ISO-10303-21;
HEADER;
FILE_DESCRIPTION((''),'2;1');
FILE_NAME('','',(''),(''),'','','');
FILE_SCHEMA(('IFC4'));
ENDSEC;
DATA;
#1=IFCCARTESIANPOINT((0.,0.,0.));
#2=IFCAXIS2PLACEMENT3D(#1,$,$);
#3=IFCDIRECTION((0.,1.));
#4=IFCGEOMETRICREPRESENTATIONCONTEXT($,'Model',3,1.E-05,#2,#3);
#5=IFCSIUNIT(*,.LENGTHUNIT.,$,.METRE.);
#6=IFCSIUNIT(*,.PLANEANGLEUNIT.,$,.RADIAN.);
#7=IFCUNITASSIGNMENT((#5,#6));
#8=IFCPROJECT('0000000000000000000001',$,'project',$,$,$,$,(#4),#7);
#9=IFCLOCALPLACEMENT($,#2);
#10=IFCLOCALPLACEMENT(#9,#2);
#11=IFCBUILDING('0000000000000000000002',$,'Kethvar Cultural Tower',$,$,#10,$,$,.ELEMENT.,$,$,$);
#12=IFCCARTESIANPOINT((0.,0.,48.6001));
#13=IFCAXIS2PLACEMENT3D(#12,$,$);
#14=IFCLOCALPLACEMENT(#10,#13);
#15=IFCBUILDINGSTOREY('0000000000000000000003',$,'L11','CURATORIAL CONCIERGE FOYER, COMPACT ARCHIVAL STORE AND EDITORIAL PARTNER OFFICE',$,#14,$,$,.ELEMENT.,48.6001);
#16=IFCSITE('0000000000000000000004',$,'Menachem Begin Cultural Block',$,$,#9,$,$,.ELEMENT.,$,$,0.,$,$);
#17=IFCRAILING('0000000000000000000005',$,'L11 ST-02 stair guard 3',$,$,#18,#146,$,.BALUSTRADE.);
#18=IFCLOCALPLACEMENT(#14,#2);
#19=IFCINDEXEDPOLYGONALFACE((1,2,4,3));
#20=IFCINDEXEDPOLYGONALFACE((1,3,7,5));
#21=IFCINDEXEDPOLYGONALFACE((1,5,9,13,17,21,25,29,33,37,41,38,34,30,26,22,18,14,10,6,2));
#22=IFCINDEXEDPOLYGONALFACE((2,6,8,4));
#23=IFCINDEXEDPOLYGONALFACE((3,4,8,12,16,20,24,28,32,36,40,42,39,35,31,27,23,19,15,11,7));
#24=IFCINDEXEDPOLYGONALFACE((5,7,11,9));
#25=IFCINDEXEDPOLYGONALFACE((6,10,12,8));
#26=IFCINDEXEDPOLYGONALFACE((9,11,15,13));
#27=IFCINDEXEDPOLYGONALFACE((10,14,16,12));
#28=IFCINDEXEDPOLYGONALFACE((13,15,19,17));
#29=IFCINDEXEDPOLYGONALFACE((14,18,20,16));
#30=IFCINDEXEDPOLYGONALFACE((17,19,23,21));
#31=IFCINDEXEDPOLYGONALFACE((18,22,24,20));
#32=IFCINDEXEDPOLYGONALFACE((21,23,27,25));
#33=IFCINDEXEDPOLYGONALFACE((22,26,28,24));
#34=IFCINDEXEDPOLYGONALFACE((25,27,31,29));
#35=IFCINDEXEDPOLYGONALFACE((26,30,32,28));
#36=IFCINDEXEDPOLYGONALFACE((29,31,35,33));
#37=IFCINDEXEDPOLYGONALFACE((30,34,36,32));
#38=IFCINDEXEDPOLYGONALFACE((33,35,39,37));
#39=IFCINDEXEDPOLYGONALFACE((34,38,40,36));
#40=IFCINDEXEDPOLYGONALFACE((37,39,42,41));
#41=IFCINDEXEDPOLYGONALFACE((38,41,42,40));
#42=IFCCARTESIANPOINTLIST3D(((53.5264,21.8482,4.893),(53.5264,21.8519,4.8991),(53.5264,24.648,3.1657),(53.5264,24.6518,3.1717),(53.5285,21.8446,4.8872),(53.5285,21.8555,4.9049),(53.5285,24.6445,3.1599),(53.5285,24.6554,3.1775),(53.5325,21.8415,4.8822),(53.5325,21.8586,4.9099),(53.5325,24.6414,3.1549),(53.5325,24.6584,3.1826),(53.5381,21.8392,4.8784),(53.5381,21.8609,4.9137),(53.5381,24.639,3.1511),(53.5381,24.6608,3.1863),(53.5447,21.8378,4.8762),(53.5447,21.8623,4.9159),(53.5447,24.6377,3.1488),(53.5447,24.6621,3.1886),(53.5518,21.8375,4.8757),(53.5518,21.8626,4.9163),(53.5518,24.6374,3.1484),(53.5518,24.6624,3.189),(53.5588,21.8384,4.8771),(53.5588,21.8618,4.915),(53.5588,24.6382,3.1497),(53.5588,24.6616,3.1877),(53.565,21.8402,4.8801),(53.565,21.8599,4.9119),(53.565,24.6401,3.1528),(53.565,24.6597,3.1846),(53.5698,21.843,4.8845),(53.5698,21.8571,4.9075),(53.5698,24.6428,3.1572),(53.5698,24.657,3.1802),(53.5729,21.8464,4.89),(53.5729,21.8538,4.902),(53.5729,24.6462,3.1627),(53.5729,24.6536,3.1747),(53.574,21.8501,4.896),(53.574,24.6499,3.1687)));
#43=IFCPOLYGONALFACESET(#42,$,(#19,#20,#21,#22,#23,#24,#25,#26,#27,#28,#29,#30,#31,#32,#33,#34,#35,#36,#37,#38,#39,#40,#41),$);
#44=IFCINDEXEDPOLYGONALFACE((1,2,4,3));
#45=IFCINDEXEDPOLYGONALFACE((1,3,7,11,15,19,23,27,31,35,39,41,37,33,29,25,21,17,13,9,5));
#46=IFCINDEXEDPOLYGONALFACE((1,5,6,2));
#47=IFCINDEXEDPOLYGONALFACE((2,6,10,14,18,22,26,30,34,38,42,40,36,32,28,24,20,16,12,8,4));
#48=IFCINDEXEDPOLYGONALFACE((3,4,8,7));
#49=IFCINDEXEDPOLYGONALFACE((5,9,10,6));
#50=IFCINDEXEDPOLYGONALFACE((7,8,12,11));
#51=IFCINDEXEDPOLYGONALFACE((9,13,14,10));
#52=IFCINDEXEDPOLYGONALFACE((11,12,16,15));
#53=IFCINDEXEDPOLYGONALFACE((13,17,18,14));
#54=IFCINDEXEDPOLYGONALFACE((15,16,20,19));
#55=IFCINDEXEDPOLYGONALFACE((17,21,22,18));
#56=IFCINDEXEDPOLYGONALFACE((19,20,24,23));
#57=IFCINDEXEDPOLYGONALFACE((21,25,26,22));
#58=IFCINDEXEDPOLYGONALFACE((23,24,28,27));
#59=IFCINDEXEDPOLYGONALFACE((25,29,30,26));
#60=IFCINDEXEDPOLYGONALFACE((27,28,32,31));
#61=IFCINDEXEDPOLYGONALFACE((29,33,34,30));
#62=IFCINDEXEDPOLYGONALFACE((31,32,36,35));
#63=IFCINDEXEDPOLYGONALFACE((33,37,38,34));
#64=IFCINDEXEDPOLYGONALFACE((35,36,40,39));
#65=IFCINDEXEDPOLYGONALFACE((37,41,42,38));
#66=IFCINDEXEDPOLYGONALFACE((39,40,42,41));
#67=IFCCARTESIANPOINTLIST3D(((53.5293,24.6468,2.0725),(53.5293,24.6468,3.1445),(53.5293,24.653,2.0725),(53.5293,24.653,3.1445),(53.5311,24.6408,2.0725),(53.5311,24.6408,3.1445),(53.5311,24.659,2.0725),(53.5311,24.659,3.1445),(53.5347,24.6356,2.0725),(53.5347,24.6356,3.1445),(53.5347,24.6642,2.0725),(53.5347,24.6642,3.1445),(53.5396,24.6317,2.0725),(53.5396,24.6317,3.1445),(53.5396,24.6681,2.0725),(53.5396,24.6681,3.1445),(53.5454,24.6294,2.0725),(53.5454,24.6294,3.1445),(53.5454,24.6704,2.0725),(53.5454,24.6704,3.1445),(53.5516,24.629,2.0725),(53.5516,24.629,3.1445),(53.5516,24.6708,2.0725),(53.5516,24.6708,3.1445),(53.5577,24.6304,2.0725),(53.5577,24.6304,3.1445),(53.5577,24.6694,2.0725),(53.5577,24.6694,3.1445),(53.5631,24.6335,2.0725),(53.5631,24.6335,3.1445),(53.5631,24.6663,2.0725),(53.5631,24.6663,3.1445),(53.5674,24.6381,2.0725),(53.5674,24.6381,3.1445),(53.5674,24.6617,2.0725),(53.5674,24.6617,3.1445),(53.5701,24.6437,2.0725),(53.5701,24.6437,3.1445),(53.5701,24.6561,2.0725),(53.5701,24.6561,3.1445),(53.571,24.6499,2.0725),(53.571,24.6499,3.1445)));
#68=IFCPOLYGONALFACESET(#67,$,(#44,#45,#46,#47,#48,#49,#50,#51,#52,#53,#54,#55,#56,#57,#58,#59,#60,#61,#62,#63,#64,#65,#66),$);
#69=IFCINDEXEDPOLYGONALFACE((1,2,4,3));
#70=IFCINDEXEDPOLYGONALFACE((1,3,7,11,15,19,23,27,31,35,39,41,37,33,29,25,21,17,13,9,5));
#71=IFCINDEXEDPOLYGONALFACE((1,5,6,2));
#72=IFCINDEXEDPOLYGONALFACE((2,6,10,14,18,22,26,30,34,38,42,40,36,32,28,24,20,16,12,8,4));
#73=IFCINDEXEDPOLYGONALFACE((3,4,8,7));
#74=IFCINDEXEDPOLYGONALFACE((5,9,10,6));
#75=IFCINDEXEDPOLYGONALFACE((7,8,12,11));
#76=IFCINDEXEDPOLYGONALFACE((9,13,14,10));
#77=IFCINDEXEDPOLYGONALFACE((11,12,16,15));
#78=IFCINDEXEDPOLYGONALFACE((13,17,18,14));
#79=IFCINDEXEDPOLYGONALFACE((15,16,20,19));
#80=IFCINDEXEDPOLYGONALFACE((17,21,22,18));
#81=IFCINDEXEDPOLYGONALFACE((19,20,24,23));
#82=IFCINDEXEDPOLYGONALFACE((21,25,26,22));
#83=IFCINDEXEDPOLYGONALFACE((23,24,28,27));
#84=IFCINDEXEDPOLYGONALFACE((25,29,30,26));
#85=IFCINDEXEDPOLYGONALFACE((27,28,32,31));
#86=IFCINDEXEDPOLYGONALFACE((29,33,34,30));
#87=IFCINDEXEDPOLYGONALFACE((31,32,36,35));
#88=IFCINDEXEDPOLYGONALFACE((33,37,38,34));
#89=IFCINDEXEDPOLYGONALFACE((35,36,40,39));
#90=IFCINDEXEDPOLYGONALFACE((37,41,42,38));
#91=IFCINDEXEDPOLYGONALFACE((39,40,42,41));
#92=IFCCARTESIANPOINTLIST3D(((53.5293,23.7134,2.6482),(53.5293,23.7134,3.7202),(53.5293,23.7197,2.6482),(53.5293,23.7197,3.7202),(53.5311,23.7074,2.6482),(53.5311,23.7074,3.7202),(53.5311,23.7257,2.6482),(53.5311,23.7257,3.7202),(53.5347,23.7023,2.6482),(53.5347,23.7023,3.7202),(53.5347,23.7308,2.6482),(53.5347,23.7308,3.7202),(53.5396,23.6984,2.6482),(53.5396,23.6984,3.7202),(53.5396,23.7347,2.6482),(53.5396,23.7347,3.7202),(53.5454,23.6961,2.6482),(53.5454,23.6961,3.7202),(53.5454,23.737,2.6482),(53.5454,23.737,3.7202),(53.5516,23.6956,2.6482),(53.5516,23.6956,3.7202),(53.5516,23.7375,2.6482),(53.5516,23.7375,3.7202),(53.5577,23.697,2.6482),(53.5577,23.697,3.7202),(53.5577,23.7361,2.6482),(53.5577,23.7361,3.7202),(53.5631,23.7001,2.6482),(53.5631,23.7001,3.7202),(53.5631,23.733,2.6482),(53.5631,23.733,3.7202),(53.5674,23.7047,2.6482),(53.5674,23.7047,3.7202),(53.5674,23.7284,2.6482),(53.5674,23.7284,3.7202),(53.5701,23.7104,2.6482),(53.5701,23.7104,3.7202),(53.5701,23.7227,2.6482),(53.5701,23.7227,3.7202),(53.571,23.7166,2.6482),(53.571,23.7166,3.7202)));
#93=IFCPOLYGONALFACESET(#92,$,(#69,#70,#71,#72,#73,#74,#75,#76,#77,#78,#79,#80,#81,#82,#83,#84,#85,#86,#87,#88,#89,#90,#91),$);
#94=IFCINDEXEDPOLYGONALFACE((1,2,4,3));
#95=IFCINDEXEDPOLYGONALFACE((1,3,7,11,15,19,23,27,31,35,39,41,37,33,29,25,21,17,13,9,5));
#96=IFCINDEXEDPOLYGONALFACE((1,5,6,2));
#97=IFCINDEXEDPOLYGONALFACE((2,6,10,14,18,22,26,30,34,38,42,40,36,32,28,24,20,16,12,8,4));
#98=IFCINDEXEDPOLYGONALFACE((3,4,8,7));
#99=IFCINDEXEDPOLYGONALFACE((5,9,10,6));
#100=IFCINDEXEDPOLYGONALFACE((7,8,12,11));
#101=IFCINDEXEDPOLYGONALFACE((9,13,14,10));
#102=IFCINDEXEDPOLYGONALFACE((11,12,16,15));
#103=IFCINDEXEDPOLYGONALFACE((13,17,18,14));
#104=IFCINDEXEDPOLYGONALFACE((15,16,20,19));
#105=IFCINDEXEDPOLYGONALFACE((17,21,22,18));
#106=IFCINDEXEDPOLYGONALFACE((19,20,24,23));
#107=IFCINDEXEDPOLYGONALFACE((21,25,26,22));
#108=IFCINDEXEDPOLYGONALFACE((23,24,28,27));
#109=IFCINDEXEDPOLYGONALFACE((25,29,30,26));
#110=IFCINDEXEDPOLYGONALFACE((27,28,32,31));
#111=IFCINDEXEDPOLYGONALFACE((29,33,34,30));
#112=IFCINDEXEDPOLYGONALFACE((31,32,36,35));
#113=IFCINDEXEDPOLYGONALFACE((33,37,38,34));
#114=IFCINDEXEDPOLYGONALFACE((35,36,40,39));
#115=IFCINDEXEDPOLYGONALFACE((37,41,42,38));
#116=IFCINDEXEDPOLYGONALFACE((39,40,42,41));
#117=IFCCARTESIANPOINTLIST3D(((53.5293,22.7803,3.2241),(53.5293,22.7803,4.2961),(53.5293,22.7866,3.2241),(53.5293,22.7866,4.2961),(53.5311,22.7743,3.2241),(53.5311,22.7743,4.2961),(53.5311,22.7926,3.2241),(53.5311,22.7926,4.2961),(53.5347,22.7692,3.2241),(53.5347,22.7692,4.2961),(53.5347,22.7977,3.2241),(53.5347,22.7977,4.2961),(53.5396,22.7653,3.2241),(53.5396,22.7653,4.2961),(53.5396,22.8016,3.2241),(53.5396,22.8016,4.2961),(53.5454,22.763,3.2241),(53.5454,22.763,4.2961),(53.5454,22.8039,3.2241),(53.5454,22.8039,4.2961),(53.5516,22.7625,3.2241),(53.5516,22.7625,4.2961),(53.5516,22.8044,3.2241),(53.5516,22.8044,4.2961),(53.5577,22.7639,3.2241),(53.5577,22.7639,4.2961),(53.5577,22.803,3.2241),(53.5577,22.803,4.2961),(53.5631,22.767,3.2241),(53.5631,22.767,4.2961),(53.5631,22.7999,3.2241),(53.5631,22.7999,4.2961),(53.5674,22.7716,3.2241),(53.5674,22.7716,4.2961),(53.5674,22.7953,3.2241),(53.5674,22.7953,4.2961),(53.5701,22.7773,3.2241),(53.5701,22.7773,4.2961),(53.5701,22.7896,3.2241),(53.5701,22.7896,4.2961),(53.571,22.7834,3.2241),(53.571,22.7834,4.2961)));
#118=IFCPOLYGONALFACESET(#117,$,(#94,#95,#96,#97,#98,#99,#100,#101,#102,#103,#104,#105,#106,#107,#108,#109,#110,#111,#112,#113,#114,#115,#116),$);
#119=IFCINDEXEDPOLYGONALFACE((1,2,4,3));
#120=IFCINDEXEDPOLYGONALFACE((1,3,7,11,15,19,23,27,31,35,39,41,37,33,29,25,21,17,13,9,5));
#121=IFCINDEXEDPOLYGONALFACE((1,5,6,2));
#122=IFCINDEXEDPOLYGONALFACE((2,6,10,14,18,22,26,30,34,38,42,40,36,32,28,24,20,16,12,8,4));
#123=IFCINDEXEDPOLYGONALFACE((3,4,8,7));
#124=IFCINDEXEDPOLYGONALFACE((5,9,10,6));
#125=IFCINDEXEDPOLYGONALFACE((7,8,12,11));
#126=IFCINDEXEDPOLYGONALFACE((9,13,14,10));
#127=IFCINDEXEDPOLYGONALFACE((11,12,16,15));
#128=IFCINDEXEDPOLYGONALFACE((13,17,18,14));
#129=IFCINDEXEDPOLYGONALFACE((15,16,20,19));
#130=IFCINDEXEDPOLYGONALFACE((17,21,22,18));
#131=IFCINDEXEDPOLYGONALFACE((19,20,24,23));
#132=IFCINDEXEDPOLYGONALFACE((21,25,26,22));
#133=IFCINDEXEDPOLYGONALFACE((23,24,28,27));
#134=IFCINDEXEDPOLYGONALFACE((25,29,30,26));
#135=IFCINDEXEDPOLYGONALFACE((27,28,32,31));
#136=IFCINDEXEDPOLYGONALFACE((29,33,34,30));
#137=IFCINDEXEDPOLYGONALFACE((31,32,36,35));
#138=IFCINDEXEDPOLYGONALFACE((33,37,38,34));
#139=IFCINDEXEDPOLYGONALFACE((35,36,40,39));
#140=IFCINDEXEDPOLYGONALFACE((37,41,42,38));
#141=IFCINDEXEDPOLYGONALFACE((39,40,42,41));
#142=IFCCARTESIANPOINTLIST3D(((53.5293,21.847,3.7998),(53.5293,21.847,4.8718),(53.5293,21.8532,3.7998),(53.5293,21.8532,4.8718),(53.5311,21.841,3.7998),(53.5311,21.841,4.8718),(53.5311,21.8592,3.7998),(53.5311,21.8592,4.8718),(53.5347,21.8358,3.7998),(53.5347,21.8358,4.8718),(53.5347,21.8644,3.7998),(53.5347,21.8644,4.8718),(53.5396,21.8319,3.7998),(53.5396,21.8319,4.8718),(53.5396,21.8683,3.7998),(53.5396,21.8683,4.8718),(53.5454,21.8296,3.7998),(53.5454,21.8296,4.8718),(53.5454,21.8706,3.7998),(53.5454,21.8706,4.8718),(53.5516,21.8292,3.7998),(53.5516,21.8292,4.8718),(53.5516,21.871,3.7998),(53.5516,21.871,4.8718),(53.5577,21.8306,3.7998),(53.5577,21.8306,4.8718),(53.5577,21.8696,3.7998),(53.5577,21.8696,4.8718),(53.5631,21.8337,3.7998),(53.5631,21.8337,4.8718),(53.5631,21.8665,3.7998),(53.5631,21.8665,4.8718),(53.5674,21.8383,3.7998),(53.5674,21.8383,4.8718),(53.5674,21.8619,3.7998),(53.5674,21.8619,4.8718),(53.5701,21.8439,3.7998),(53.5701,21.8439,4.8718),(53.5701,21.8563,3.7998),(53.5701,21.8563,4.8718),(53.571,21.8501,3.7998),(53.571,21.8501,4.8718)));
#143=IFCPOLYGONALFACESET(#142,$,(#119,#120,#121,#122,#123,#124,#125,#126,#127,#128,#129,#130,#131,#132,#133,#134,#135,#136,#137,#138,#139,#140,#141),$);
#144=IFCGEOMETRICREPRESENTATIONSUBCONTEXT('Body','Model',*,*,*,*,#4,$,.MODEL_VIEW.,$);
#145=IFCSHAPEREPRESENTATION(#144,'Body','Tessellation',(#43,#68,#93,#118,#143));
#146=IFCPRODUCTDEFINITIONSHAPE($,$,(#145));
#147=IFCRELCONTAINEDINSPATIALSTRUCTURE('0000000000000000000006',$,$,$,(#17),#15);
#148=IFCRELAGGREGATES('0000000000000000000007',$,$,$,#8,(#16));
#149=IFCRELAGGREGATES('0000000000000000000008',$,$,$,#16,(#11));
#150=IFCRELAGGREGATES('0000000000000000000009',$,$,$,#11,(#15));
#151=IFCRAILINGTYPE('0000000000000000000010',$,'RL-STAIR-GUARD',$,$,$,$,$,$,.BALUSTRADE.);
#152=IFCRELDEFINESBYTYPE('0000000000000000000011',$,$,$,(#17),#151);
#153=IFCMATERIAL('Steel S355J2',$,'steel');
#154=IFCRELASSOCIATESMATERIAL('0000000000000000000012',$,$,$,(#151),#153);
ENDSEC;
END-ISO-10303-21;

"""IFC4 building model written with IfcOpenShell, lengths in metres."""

from ifc_helpers import new_model, si_unit, direction, frame, origin, origin_2d, place, context, subcontext, project, spatial, circle, extrude, material, type_object, element, save


model = new_model("IFC4")

# Units and contexts
model_context = context("Model", 3, precision=1e-05, world=origin(), true_north=direction((0.0, 1.0)))
body_context = subcontext(model_context, "Body", "Model", "MODEL_VIEW")
ifc_project = project(units=[si_unit("LENGTHUNIT", "METRE"), si_unit("PLANEANGLEUNIT", "RADIAN")], contexts=[model_context])

# Site, building, storey
site_placement = place(None, origin())
site = spatial("IfcSite", under=ifc_project, at=site_placement, Name="Menachem Begin Cultural Block", CompositionType="ELEMENT", RefElevation=0.0)
building_placement = place(site_placement, origin())
building = spatial("IfcBuilding", under=site, at=building_placement, Name="Kethvar Cultural Tower", CompositionType="ELEMENT")
storey_placement = place(building_placement, frame((0.0, 0.0, 48.6001)))
storey = spatial("IfcBuildingStorey", under=building, at=storey_placement, Name="L11", Description="CURATORIAL CONCIERGE FOYER, COMPACT ARCHIVAL STORE AND EDITORIAL PARTNER OFFICE", CompositionType="ELEMENT", Elevation=48.6001)

# Shared definitions
ifc_material_1 = material(Name="Steel S355J2", Category="steel")

# Railing
railing_type_1 = type_object("IfcRailingType", Name="RL-STAIR-GUARD", PredefinedType="BALUSTRADE", material=ifc_material_1)
railing_1_placement = place(storey_placement, frame((53.55, 24.6499, 2.0725)))
element("IfcRailing", 1, at=railing_1_placement, inside=storey, type_object=railing_type_1, Name="L11 ST-02 stair guard 3", PredefinedType="BALUSTRADE", context=body_context, shape_type="SweptSolid", body=[
    extrude(circle(Radius=0.0239, at=origin_2d()), frame((0.0, 0.0, 1.0962), z_axis=(0.0, -0.851069, 0.525054), x_axis=(1.0, 0.0, 0.0)), (0.0, 0.0, 1.0), 3.2898),
    extrude(circle(Radius=0.021, at=origin_2d()), origin(), (0.0, 0.0, 1.0), 1.072),
    extrude(circle(Radius=0.021, at=origin_2d()), frame((0.0, -0.9333, 0.5757)), (0.0, 0.0, 1.0), 1.072),
    extrude(circle(Radius=0.021, at=origin_2d()), frame((0.0, -1.8665, 1.1516)), (0.0, 0.0, 1.0), 1.072),
    extrude(circle(Radius=0.021, at=origin_2d()), frame((0.0, -2.7998, 1.7273)), (0.0, 0.0, 1.0), 1.072),
])

save(model, "model.ifc")
